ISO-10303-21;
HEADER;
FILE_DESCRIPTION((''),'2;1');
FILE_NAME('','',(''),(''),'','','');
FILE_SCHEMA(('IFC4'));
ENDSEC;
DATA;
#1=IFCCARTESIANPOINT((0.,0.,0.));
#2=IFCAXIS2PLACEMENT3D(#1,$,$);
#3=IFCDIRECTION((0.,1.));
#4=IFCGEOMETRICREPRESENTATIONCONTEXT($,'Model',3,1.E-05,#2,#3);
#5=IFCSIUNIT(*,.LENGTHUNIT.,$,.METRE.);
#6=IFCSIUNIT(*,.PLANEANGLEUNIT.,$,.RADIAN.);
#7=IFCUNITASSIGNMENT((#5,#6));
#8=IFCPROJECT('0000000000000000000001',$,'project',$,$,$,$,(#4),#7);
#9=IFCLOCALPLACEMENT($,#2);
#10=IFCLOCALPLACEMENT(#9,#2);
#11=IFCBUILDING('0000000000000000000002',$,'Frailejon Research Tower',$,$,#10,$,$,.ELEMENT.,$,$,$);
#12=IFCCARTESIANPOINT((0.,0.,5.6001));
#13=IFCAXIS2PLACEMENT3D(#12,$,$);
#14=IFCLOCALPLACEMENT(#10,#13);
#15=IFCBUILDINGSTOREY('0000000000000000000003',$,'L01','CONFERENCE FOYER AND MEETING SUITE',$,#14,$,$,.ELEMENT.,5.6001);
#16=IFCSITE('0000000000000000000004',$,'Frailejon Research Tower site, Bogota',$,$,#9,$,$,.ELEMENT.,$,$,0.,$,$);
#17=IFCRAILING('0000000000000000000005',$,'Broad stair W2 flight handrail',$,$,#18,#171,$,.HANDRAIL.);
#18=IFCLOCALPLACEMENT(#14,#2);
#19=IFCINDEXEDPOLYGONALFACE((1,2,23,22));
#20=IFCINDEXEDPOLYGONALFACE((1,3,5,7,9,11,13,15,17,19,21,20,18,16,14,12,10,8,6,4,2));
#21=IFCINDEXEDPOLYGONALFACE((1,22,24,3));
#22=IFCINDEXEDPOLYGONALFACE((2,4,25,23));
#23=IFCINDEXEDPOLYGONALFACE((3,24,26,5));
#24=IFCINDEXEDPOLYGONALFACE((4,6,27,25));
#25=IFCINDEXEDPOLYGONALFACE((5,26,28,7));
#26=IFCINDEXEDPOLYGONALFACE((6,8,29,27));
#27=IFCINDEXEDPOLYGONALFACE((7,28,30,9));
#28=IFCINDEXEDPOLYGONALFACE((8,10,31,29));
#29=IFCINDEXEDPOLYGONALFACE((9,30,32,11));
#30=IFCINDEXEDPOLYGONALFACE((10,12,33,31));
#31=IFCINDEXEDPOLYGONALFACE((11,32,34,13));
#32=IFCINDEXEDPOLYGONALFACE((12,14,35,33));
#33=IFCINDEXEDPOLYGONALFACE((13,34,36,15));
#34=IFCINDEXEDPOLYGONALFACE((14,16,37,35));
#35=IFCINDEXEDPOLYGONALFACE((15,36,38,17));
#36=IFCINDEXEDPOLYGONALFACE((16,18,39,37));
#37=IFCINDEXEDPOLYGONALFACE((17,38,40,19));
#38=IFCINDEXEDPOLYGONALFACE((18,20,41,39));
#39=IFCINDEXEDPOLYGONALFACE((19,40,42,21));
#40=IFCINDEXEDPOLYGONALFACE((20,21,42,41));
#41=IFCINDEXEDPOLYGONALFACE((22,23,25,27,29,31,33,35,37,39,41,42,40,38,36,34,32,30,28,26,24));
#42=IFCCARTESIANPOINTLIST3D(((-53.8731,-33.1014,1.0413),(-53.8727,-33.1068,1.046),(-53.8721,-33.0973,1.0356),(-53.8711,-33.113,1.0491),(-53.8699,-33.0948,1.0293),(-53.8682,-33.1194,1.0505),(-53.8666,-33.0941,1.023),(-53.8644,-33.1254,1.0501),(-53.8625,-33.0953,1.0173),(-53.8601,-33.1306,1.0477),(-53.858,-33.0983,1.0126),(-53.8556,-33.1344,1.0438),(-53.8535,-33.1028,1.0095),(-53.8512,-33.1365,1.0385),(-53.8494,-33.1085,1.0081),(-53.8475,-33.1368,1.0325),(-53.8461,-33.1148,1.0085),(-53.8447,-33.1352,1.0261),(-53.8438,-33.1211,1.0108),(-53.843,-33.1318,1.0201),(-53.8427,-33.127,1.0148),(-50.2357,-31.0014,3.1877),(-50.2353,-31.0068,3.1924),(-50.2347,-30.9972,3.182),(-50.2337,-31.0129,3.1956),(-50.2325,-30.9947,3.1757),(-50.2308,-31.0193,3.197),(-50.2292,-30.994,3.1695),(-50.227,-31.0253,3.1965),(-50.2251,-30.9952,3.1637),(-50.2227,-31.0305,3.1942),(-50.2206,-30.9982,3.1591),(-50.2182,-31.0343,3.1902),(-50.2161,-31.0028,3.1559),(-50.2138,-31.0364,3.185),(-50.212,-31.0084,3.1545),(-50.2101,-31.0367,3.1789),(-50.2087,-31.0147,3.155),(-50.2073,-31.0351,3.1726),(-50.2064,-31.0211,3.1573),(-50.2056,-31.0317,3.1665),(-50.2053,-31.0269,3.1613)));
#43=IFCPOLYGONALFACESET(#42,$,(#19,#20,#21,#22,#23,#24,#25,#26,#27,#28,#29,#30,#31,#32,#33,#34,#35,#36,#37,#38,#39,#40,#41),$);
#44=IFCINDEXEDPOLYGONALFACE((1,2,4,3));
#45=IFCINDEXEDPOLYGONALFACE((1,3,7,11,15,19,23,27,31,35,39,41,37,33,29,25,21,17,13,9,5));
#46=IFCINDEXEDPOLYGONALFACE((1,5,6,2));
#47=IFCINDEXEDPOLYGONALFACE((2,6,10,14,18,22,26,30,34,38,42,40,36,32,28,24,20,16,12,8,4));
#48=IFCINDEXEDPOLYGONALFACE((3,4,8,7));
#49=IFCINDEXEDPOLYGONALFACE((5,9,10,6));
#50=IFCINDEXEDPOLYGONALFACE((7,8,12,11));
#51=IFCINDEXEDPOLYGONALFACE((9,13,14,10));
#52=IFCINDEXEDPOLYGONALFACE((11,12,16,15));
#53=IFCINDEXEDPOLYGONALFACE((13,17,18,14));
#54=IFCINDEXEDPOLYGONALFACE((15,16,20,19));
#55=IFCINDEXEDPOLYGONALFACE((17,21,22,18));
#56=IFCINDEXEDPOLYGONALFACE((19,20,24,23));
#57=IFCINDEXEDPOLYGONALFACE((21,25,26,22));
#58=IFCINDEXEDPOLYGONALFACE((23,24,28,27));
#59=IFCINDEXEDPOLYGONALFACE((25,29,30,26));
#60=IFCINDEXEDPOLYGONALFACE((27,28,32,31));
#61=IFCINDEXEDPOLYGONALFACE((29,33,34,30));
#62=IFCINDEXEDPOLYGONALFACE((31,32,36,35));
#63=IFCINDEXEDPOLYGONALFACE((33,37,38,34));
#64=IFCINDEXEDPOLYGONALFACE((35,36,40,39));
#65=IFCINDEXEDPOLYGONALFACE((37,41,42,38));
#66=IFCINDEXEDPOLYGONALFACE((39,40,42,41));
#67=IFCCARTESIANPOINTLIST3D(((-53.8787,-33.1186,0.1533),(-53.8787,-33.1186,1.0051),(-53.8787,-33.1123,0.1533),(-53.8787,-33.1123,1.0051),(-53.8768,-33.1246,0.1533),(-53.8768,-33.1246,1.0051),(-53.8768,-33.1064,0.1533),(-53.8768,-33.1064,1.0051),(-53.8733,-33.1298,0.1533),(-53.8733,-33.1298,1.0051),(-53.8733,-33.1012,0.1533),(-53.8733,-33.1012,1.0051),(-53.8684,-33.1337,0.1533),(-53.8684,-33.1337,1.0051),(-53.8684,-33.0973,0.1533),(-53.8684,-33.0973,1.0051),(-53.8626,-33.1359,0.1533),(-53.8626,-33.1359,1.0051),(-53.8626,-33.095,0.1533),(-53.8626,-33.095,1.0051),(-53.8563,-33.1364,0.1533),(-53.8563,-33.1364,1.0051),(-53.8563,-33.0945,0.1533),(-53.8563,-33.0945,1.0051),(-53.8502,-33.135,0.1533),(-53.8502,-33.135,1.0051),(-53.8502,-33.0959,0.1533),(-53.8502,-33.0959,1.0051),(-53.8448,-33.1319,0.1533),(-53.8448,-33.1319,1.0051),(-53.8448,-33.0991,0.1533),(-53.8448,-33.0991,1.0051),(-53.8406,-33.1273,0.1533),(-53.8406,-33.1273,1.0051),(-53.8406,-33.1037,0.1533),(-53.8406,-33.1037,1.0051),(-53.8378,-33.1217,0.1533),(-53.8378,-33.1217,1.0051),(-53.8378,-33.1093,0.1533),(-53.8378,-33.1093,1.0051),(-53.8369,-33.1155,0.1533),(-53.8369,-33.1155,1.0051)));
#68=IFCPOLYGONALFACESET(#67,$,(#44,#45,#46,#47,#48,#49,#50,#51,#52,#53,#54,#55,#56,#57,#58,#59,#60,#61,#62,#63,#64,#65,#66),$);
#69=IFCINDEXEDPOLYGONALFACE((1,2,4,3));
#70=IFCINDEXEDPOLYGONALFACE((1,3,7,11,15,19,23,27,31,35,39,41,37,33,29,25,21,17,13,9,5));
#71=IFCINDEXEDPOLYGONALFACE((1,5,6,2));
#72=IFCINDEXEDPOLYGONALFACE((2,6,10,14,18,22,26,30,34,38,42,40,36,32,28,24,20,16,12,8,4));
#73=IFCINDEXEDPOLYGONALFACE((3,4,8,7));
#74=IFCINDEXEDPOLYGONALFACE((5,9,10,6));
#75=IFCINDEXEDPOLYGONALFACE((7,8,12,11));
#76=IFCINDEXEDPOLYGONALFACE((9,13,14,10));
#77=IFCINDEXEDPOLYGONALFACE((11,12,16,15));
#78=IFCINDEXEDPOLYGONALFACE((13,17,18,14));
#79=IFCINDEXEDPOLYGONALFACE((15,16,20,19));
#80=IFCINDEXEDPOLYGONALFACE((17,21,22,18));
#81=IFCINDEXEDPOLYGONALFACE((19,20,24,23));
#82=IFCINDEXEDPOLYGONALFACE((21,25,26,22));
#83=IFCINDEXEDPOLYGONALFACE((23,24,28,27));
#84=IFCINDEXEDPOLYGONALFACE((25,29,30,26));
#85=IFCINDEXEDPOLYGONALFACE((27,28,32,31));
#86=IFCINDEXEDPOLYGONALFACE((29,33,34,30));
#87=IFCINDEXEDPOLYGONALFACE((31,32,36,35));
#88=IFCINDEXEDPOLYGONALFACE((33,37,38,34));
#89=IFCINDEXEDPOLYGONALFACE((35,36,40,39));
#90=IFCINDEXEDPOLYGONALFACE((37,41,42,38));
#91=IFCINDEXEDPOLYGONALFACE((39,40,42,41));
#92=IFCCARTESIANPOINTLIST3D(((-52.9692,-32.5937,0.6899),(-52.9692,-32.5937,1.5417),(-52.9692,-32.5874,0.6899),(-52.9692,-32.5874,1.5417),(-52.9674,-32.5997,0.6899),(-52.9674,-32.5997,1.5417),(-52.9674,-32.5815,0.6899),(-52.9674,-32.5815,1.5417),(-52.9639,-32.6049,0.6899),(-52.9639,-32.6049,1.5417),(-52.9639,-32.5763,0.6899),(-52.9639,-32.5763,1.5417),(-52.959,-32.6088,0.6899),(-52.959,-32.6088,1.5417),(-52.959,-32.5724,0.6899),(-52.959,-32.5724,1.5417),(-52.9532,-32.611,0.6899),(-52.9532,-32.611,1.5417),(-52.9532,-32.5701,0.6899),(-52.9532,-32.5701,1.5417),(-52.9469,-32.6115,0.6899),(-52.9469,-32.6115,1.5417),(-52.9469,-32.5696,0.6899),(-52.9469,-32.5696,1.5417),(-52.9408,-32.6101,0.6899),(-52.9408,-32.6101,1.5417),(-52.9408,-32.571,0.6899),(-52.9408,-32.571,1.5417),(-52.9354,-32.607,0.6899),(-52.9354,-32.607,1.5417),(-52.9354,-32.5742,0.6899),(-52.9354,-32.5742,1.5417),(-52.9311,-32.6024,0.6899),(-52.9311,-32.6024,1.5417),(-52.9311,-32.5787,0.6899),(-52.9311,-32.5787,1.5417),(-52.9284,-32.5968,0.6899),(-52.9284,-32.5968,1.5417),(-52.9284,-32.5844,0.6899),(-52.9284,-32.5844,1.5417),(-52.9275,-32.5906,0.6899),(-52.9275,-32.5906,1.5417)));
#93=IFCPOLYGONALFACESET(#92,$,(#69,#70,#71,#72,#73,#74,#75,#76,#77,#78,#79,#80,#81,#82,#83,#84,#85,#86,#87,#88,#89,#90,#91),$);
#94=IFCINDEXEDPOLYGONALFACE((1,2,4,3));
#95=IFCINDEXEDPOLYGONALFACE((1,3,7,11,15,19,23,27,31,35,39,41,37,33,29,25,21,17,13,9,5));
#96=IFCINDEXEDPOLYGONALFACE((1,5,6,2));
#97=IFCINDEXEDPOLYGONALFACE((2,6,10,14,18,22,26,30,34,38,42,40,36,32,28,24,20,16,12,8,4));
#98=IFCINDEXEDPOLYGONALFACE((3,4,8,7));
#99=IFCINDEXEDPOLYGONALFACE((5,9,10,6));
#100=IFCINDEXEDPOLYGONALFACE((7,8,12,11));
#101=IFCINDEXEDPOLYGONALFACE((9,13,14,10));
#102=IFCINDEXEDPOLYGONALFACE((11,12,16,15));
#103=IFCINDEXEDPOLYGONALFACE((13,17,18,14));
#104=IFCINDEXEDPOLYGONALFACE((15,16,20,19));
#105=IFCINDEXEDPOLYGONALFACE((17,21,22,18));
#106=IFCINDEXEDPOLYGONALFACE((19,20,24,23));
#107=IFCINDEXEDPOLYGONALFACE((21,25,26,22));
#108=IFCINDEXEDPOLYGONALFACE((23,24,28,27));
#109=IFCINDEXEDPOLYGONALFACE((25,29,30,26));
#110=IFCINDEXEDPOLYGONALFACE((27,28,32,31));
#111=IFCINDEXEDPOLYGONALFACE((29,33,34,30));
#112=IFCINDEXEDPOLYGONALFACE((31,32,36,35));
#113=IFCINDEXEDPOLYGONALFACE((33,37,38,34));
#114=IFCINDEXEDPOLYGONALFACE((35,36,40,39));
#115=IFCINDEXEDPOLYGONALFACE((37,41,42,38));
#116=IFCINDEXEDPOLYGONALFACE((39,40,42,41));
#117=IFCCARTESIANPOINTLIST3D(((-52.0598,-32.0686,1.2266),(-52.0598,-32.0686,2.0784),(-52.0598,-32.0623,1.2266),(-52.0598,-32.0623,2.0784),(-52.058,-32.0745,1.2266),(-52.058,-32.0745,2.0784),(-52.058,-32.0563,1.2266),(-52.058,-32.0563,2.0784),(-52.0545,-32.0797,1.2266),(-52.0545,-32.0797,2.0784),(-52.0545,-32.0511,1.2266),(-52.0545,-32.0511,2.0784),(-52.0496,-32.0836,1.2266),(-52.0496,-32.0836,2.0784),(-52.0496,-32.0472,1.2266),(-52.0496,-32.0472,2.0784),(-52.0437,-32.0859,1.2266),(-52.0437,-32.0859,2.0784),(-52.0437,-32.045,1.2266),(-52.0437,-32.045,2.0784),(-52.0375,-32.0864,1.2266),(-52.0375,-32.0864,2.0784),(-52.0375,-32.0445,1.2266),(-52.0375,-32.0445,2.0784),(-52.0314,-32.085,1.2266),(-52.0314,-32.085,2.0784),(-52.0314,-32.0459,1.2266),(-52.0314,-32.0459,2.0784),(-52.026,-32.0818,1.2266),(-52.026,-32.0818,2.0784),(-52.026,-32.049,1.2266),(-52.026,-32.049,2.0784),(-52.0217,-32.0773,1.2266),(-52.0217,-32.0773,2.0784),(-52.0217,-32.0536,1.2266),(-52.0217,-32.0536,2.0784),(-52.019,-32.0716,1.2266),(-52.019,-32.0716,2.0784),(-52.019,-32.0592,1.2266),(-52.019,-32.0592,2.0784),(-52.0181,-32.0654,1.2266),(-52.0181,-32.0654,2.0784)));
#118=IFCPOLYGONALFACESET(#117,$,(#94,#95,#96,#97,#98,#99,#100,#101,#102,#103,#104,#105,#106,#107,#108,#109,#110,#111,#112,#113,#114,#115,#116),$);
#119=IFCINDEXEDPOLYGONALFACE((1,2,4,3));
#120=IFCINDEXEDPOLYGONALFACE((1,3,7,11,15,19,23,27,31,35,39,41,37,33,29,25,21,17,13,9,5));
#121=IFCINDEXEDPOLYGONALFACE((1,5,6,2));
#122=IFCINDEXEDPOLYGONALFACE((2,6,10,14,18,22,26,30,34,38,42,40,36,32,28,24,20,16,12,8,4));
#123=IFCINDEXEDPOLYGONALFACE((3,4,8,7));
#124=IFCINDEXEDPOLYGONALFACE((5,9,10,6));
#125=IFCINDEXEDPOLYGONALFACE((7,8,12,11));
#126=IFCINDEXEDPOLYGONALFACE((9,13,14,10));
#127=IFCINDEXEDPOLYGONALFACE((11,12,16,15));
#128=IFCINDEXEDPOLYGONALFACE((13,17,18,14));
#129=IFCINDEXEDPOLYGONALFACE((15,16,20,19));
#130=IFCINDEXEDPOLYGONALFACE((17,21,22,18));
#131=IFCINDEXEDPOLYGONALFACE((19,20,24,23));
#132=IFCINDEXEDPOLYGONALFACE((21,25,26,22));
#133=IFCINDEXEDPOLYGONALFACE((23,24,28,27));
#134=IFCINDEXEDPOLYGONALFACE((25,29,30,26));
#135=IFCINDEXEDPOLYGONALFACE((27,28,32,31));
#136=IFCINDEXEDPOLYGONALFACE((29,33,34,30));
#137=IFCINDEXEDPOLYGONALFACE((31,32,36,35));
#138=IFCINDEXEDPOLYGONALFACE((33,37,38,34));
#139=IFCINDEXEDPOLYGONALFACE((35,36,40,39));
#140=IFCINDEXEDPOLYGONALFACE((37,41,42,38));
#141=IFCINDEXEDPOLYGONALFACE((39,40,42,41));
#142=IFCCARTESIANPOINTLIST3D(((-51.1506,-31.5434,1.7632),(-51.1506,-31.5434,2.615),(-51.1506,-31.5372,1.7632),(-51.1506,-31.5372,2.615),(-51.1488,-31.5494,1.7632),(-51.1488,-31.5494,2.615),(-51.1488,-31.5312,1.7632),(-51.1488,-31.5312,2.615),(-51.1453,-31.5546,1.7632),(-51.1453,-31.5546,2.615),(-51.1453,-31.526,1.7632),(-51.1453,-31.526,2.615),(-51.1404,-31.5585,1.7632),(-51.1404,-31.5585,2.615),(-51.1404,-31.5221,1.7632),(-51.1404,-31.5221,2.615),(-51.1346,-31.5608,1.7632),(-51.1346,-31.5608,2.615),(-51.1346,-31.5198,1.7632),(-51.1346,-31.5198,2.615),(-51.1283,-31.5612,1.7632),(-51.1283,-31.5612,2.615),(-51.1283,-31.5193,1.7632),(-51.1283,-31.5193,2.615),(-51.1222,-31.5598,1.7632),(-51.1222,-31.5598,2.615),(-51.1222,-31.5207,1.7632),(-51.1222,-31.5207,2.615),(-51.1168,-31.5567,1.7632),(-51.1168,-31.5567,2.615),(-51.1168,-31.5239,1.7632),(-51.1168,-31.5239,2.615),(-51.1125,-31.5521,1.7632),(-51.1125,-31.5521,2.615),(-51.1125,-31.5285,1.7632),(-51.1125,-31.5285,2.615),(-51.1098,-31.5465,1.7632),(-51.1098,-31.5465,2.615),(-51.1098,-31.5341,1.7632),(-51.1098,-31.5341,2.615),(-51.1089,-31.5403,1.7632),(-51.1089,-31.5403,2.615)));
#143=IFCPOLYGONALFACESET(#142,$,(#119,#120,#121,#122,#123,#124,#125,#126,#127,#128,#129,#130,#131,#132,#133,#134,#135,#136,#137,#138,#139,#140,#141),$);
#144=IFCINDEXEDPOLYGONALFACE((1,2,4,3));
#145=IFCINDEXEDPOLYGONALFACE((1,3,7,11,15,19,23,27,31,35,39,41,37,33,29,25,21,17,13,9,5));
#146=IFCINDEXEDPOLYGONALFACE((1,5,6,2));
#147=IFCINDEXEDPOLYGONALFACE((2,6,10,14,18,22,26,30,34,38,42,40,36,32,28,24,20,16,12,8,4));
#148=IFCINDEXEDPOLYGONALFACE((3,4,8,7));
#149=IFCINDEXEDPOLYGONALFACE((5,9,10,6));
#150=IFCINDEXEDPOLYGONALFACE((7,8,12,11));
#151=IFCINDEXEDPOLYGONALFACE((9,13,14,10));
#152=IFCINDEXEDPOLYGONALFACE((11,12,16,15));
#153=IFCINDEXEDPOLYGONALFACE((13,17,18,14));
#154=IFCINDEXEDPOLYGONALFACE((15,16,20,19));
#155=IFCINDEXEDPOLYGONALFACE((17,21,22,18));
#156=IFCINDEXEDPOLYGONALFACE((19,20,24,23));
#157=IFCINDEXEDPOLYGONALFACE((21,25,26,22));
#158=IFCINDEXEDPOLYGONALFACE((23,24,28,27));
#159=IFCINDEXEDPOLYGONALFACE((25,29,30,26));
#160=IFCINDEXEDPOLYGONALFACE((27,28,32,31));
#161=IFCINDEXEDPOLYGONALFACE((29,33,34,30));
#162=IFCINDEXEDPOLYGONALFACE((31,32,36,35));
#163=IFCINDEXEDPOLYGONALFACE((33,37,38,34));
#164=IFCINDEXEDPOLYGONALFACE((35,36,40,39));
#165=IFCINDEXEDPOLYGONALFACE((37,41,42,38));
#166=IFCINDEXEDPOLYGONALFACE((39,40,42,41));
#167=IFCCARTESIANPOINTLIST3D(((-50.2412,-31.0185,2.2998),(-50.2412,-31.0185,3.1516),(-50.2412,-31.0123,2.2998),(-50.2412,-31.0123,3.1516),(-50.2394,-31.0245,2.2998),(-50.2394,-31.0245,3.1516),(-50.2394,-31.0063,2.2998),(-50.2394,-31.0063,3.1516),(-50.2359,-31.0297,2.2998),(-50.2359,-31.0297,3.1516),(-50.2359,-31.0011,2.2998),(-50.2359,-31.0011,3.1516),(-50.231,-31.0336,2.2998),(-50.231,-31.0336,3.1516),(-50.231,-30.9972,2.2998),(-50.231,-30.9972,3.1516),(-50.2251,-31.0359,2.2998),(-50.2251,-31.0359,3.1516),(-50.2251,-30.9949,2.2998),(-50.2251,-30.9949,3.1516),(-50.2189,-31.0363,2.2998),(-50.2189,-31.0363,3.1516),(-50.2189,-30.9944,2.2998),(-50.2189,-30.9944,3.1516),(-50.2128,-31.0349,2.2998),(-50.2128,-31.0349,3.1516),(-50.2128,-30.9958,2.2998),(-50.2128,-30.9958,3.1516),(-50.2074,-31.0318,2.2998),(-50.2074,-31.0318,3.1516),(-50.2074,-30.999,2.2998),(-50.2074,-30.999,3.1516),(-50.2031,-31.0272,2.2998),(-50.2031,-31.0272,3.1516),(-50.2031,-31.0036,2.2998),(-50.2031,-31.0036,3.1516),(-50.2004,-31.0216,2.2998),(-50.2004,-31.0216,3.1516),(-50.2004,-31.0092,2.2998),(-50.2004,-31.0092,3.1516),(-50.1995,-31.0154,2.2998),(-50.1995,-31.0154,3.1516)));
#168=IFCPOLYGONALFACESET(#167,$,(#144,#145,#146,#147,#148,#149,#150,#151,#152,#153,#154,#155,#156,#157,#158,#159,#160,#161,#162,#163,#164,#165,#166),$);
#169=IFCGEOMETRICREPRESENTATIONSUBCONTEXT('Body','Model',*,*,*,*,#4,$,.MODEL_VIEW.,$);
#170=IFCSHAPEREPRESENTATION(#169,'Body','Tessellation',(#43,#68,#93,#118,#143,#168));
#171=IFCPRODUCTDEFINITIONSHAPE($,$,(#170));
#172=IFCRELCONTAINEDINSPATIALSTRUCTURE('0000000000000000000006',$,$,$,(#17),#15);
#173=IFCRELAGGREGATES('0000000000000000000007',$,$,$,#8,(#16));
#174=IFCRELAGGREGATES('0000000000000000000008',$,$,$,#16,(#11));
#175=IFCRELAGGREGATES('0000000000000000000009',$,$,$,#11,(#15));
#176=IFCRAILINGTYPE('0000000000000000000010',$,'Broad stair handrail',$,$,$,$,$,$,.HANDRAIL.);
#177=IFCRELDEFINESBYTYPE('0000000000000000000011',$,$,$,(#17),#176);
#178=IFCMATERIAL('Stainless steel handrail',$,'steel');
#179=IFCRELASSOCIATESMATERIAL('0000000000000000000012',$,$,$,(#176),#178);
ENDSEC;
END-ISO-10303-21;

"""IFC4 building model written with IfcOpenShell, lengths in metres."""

from ifc_helpers import new_model, si_unit, direction, frame, origin, origin_2d, place, context, subcontext, project, spatial, circle, extrude, material, type_object, element, save


model = new_model("IFC4")

# Units and contexts
model_context = context("Model", 3, precision=1e-05, world=origin(), true_north=direction((0.0, 1.0)))
body_context = subcontext(model_context, "Body", "Model", "MODEL_VIEW")
ifc_project = project(units=[si_unit("LENGTHUNIT", "METRE"), si_unit("PLANEANGLEUNIT", "RADIAN")], contexts=[model_context])

# Site, building, storey
site_placement = place(None, origin())
site = spatial("IfcSite", under=ifc_project, at=site_placement, Name="Frailejon Research Tower site, Bogota", CompositionType="ELEMENT", RefElevation=0.0)
building_placement = place(site_placement, origin())
building = spatial("IfcBuilding", under=site, at=building_placement, Name="Frailejon Research Tower", CompositionType="ELEMENT")
storey_placement = place(building_placement, frame((0.0, 0.0, 5.6001)))
storey = spatial("IfcBuildingStorey", under=building, at=storey_placement, Name="L01", Description="CONFERENCE FOYER AND MEETING SUITE", CompositionType="ELEMENT", Elevation=5.6001)

# Railing
ifc_material_1 = material(Name="Stainless steel handrail", Category="steel")
railing_type_1 = type_object("IfcRailingType", Name="Broad stair handrail", PredefinedType="HANDRAIL", material=ifc_material_1)
railing_1_placement = place(storey_placement, frame((-53.8579, -33.1155, 0.1533)))
element("IfcRailing", 1, at=railing_1_placement, inside=storey, type_object=railing_type_1, Name="Broad stair W2 flight handrail", PredefinedType="HANDRAIL", context=body_context, shape_type="SweptSolid", body=[
    extrude(circle(Radius=0.0239, at=origin_2d()), frame((0.0, 0.0, 0.876), z_axis=(0.771158, 0.445231, 0.455065), x_axis=(-0.500003, 0.866024, 0.0)), (0.0, 0.0, 1.0), 4.7168),
    extrude(circle(Radius=0.021, at=origin_2d()), origin(), (0.0, 0.0, 1.0), 0.8518),
    extrude(circle(Radius=0.021, at=origin_2d()), frame((0.9094, 0.5249, 0.5366)), (0.0, 0.0, 1.0), 0.8518),
    extrude(circle(Radius=0.021, at=origin_2d()), frame((1.8188, 1.05, 1.0732)), (0.0, 0.0, 1.0), 0.8518),
    extrude(circle(Radius=0.021, at=origin_2d()), frame((2.728, 1.5752, 1.6099)), (0.0, 0.0, 1.0), 0.8518),
    extrude(circle(Radius=0.021, at=origin_2d()), frame((3.6375, 2.1001, 2.1465)), (0.0, 0.0, 1.0), 0.8518),
])

save(model, "model.ifc")
